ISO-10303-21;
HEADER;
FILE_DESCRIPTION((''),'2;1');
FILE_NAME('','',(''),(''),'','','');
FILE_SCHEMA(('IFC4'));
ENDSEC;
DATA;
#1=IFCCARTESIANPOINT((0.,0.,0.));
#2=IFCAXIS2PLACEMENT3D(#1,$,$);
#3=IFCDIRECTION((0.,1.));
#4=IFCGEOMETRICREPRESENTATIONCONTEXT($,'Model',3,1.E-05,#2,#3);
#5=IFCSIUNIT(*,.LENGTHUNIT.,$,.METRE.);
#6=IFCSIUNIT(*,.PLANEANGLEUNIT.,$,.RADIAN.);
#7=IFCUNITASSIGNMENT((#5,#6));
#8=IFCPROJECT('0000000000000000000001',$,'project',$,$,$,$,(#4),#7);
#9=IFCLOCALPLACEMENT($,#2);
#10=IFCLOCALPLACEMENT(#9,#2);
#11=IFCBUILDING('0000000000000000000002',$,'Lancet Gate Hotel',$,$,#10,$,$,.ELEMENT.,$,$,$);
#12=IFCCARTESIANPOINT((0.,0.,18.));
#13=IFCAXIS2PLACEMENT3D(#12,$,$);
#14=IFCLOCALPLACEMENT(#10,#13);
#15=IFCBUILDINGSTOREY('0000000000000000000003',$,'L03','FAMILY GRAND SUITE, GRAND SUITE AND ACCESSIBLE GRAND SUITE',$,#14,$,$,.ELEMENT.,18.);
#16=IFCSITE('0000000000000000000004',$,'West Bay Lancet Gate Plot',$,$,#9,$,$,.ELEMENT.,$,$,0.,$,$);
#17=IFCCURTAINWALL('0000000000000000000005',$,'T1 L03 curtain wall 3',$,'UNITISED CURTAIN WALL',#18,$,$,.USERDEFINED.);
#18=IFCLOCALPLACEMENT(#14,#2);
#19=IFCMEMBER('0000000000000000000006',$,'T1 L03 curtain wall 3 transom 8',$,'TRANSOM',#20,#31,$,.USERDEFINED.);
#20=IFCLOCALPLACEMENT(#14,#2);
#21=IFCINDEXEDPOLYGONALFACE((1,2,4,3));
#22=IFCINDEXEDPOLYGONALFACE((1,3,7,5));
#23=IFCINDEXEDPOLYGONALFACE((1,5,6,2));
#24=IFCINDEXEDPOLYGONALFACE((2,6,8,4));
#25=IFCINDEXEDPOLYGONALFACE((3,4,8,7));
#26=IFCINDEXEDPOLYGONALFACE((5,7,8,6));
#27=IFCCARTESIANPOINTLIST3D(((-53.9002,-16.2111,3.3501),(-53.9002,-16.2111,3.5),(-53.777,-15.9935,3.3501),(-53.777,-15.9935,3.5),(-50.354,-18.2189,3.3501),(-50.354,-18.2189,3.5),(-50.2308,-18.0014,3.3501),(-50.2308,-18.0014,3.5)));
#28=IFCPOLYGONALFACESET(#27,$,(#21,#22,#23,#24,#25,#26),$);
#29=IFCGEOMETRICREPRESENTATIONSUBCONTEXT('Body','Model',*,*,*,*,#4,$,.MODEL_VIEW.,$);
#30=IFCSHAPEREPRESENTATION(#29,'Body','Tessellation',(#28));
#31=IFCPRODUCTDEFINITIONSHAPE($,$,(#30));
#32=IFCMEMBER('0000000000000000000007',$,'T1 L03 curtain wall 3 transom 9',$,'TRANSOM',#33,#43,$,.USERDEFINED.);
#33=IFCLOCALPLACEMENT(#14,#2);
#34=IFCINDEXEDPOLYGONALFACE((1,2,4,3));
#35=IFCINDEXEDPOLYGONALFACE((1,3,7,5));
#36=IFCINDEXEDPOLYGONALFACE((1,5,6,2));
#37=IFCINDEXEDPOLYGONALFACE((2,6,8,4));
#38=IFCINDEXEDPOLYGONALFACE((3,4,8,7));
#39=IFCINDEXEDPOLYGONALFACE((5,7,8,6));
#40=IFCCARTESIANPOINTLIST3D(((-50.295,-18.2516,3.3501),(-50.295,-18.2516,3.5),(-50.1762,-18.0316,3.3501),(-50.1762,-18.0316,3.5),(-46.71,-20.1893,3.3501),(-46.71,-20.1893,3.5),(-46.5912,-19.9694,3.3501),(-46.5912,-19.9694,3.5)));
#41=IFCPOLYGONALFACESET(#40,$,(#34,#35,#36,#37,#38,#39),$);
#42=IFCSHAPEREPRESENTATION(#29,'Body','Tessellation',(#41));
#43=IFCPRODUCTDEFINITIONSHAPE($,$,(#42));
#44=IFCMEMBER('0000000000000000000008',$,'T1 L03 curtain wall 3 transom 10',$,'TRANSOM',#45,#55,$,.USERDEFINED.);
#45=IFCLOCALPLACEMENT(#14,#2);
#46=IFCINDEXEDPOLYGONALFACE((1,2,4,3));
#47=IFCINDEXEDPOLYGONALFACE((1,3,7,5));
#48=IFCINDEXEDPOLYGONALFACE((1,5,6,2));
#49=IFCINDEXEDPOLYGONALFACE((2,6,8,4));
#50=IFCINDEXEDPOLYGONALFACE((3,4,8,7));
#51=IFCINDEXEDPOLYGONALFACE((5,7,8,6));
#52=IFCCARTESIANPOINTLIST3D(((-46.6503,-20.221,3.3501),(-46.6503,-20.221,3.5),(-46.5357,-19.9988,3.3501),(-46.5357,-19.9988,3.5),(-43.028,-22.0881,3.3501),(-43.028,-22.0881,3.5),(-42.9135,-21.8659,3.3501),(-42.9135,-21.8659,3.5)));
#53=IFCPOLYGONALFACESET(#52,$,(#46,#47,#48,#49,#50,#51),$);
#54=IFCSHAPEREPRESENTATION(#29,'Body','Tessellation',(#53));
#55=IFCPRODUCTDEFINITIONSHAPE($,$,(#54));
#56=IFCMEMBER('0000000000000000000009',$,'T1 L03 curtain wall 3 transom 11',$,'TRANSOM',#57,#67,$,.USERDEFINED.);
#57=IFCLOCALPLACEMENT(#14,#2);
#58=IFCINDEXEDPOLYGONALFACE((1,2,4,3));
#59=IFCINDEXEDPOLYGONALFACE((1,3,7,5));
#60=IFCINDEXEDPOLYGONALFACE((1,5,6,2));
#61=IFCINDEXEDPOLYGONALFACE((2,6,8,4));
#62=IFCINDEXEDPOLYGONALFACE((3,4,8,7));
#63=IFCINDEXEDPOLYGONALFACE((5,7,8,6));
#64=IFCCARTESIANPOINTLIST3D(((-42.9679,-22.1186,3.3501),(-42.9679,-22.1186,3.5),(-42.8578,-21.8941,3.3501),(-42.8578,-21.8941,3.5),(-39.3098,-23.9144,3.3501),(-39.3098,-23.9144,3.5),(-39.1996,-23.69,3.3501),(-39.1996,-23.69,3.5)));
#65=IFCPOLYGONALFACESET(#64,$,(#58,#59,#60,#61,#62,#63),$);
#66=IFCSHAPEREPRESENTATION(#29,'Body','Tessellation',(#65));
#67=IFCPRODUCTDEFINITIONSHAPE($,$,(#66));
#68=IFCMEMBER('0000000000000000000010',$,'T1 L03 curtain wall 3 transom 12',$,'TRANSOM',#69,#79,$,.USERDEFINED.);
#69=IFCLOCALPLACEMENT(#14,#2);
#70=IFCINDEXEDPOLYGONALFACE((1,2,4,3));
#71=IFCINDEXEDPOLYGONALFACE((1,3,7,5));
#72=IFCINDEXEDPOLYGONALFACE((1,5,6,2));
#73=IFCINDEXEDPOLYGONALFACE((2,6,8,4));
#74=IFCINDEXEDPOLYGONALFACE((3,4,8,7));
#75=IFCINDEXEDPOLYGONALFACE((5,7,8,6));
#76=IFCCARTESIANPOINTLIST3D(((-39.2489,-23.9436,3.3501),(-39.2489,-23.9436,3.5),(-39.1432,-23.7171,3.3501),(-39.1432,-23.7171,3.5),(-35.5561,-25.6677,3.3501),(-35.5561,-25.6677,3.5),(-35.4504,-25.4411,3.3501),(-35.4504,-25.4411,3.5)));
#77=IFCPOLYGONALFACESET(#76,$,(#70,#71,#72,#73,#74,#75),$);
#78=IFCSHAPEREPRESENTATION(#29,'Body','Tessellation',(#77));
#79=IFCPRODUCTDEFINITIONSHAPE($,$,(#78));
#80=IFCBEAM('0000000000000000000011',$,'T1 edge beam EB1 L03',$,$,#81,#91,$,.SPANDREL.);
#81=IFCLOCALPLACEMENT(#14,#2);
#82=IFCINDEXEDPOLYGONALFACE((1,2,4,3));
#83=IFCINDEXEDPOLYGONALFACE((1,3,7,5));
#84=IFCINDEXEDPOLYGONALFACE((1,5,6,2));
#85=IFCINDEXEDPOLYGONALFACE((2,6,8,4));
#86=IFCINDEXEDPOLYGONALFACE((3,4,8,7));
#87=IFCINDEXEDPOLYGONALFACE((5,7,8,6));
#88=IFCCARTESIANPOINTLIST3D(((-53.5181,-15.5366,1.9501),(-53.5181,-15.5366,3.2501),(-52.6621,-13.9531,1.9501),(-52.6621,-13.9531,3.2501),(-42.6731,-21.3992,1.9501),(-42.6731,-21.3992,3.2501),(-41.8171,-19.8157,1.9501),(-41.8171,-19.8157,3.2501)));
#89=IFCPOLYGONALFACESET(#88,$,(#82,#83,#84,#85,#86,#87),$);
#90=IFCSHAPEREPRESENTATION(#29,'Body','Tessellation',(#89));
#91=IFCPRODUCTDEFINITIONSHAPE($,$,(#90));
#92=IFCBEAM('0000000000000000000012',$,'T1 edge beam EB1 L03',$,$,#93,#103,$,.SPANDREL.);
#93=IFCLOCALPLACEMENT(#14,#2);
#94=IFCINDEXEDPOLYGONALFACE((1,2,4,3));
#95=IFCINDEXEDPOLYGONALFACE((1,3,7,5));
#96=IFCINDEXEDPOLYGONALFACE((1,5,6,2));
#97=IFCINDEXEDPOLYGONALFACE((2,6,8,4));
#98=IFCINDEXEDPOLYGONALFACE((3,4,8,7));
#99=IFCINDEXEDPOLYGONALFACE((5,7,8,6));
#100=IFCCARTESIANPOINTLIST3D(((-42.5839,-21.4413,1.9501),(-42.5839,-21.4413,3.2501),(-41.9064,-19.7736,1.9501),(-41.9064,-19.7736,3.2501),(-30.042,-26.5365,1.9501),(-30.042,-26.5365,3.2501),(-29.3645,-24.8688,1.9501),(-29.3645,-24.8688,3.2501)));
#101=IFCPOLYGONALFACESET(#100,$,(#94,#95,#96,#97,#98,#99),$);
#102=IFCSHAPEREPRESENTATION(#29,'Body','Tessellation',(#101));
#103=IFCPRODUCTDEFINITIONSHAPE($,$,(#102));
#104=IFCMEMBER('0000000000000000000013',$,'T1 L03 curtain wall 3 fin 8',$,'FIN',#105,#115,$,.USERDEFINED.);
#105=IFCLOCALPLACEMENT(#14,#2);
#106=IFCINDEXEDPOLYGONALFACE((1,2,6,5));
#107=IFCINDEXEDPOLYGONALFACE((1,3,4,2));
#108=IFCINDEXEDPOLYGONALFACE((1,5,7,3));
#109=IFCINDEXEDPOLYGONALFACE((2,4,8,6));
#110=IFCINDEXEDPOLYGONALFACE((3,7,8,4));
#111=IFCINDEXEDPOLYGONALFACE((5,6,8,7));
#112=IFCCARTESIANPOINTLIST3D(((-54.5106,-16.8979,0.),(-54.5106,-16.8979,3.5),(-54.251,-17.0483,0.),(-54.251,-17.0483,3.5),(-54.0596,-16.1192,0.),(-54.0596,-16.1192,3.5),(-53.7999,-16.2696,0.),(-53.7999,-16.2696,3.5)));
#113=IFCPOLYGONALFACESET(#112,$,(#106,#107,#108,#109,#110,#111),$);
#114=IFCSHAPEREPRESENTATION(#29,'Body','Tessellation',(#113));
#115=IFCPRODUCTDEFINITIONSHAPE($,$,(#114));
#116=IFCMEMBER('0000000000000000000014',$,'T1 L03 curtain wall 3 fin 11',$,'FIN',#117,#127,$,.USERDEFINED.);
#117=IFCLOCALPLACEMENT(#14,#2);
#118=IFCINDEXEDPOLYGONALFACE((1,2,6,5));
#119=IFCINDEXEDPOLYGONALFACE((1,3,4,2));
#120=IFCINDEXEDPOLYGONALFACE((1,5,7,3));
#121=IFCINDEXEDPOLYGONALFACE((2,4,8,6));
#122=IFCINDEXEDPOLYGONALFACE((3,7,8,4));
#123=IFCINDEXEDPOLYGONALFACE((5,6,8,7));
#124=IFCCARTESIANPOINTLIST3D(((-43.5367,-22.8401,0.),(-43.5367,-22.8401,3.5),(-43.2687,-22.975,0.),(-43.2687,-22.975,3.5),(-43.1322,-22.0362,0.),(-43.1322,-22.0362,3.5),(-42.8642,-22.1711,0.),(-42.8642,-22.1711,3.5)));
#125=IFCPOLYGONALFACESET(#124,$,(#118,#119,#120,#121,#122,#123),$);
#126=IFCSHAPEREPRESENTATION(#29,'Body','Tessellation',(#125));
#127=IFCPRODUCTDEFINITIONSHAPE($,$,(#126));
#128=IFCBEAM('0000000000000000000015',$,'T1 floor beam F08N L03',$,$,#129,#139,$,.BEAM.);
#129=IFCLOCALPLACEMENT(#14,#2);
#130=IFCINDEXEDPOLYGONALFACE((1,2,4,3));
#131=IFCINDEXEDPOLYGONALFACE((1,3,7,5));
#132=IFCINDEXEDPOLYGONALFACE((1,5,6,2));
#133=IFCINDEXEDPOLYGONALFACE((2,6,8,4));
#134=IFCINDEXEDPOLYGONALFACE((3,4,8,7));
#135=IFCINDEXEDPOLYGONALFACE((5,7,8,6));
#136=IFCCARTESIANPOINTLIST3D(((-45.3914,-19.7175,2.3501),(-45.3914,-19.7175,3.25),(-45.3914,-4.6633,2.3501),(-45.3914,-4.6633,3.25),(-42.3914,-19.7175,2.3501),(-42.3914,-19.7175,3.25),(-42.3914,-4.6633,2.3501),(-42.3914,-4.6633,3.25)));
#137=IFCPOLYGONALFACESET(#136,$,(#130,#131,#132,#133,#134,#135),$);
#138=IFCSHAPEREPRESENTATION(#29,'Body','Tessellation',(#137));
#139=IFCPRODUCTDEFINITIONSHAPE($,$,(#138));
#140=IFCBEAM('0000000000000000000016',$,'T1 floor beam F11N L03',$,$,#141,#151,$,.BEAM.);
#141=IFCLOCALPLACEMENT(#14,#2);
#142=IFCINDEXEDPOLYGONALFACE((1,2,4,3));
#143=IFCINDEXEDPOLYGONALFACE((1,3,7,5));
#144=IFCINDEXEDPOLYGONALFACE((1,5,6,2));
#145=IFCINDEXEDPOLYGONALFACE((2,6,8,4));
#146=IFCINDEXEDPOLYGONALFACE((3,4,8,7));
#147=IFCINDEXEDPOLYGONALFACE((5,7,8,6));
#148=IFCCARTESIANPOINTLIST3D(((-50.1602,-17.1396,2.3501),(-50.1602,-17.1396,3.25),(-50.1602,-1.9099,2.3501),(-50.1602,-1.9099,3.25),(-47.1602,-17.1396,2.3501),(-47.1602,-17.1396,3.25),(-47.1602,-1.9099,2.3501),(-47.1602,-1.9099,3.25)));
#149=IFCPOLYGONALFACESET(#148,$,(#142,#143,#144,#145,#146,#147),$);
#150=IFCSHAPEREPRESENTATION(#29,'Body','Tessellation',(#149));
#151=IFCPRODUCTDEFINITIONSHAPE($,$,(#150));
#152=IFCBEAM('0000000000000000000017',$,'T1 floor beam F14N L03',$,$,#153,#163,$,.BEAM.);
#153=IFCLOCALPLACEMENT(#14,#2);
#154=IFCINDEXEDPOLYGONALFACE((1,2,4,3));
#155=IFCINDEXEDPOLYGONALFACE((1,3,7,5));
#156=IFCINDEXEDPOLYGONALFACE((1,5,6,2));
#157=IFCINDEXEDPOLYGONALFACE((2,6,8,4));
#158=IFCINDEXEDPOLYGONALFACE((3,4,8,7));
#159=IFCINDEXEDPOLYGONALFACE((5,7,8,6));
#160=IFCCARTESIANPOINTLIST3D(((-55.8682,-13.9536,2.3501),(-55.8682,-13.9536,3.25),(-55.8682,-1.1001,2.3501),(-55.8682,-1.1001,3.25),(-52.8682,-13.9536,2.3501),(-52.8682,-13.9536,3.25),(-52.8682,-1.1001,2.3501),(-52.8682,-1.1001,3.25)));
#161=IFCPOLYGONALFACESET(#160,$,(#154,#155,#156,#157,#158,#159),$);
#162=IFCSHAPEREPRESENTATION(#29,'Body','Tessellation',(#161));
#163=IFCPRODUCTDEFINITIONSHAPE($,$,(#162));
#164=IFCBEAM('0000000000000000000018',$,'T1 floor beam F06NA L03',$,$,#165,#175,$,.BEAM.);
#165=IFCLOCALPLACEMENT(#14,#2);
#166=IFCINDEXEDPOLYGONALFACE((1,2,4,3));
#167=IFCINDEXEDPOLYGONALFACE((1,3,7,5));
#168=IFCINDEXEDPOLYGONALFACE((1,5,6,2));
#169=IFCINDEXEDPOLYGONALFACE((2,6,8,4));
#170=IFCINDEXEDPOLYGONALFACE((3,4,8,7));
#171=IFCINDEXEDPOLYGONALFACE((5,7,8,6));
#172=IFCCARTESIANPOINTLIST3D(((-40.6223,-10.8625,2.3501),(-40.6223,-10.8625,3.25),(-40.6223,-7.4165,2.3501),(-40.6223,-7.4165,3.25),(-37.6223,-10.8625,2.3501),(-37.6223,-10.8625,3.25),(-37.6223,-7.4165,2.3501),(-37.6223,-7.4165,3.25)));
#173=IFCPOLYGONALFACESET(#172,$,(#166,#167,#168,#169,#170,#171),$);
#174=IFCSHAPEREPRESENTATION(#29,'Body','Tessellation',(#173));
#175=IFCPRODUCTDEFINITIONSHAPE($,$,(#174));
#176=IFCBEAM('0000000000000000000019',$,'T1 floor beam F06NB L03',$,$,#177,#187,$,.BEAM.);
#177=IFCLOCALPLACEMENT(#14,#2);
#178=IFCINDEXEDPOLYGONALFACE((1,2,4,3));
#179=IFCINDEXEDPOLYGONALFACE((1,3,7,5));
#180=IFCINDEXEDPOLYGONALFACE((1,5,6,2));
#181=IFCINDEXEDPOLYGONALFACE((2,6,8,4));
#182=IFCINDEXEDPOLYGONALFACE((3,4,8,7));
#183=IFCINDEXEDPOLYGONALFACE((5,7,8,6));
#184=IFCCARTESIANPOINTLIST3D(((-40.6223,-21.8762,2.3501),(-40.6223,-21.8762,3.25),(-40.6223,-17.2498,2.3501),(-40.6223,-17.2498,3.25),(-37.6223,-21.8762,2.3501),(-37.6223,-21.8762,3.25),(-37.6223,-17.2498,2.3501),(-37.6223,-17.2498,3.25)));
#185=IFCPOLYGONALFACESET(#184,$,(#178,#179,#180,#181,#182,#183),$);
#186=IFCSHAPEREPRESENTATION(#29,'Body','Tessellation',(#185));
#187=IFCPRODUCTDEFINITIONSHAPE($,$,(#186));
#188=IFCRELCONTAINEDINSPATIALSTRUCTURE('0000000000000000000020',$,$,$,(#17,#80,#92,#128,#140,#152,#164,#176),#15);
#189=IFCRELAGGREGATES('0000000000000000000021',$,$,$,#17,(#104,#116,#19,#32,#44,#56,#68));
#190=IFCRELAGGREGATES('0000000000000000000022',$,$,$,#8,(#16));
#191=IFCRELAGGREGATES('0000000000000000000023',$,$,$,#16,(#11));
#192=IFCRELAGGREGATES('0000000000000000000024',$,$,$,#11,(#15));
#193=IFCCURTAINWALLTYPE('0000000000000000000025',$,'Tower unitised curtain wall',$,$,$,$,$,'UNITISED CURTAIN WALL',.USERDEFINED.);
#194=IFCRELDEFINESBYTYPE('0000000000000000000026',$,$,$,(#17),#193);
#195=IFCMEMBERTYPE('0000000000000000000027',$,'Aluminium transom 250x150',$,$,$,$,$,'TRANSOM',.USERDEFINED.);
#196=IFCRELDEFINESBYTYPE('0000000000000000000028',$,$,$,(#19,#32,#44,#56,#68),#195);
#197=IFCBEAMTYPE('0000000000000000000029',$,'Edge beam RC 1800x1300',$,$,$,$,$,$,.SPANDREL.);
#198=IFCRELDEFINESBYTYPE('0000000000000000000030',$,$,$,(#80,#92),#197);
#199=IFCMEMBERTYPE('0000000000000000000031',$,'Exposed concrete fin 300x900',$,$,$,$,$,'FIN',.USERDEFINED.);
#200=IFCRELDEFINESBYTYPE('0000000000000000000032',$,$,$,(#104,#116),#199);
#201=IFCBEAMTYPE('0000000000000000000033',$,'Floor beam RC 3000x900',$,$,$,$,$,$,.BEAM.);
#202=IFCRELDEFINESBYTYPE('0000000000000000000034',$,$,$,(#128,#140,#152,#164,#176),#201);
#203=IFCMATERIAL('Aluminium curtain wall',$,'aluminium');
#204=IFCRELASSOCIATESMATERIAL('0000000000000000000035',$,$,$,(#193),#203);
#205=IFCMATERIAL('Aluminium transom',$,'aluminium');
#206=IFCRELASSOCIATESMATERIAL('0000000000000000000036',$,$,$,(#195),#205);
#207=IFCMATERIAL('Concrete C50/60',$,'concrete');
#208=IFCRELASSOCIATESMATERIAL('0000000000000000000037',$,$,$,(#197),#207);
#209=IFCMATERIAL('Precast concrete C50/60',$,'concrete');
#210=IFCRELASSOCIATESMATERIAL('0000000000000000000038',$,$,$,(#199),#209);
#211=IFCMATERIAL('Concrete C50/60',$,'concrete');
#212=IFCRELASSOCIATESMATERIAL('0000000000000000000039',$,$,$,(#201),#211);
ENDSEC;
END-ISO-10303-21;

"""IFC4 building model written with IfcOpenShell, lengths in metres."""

from ifc_helpers import new_model, si_unit, direction, frame, origin, origin_2d, place, context, subcontext, project, spatial, rectangle, extrude, material, material_profile, profile_set, type_object, element, aggregate, save


model = new_model("IFC4")

# Units and contexts
model_context = context("Model", 3, precision=1e-05, world=origin(), true_north=direction((0.0, 1.0)))
body_context = subcontext(model_context, "Body", "Model", "MODEL_VIEW")
ifc_project = project(units=[si_unit("LENGTHUNIT", "METRE"), si_unit("PLANEANGLEUNIT", "RADIAN")], contexts=[model_context])

# Site, building, storey
site_placement = place(None, origin())
site = spatial("IfcSite", under=ifc_project, at=site_placement, Name="West Bay Lancet Gate Plot", CompositionType="ELEMENT", RefElevation=0.0)
building_placement = place(site_placement, origin())
building = spatial("IfcBuilding", under=site, at=building_placement, Name="Lancet Gate Hotel", CompositionType="ELEMENT")
storey_placement = place(building_placement, frame((0.0, 0.0, 18.0)))
storey = spatial("IfcBuildingStorey", under=building, at=storey_placement, Name="L03", Description="FAMILY GRAND SUITE, GRAND SUITE AND ACCESSIBLE GRAND SUITE", CompositionType="ELEMENT", Elevation=18.0)

# Curtain wall, members
ifc_material_1 = material(Name="Aluminium curtain wall", Category="aluminium")
curtain_wall_type = type_object("IfcCurtainWallType", Name="Tower unitised curtain wall", ElementType="UNITISED CURTAIN WALL", PredefinedType="USERDEFINED", material=ifc_material_1)
curtain_wall_placement = place(storey_placement, origin())
curtain_wall = element("IfcCurtainWall", 1, at=curtain_wall_placement, inside=storey, type_object=curtain_wall_type, Name="T1 L03 curtain wall 3", ObjectType="UNITISED CURTAIN WALL", PredefinedType="USERDEFINED")
ifc_material_2 = material(Name="Aluminium transom", Category="aluminium")
ifc_material_profile_1 = material_profile(ifc_material_2, rectangle(XDim=0.25, YDim=0.1499, at=origin_2d()), Name="TRANSOM 250x150")
ifc_profile_set_1 = profile_set([ifc_material_profile_1], Name="Aluminium transom")
member_type_1 = type_object("IfcMemberType", Name="Aluminium transom 250x150", ElementType="TRANSOM", PredefinedType="USERDEFINED", material=ifc_profile_set_1)
member_1_placement = place(storey_placement, frame((-53.8386, -16.1023, 3.425), z_axis=(0.870198, -0.492703, 0.0), x_axis=(0.492703, 0.870198, 0.0)))
member_1 = element("IfcMember", 2, at=member_1_placement, type_object=member_type_1, Name="T1 L03 curtain wall 3 transom 8", ObjectType="TRANSOM", PredefinedType="USERDEFINED", context=body_context, shape_type="SweptSolid", body=[
    extrude(rectangle(XDim=0.25, YDim=0.1499, at=origin_2d()), origin(), (0.0, 0.0, 1.0), 4.0752),
])
member_2_placement = place(storey_placement, frame((-50.2356, -18.1416, 3.425), z_axis=(0.879714, -0.475503, 0.0), x_axis=(0.475503, 0.879714, 0.0)))
member_2 = element("IfcMember", 3, at=member_2_placement, type_object=member_type_1, Name="T1 L03 curtain wall 3 transom 9", ObjectType="TRANSOM", PredefinedType="USERDEFINED", context=body_context, shape_type="SweptSolid", body=[
    extrude(rectangle(XDim=0.25, YDim=0.1499, at=origin_2d()), origin(), (0.0, 0.0, 1.0), 4.0752),
])
member_3_placement = place(storey_placement, frame((-46.593, -20.1099, 3.425), z_axis=(0.88886, -0.458179, 0.0), x_axis=(0.458179, 0.88886, 0.0)))
member_3 = element("IfcMember", 4, at=member_3_placement, type_object=member_type_1, Name="T1 L03 curtain wall 3 transom 10", ObjectType="TRANSOM", PredefinedType="USERDEFINED", context=body_context, shape_type="SweptSolid", body=[
    extrude(rectangle(XDim=0.25, YDim=0.1499, at=origin_2d()), origin(), (0.0, 0.0, 1.0), 4.0752),
])
member_4_placement = place(storey_placement, frame((-42.9128, -22.0063, 3.425), z_axis=(0.897662, -0.440684, 0.0), x_axis=(0.440684, 0.897662, 0.0)))
member_4 = element("IfcMember", 5, at=member_4_placement, type_object=member_type_1, Name="T1 L03 curtain wall 3 transom 11", ObjectType="TRANSOM", PredefinedType="USERDEFINED", context=body_context, shape_type="SweptSolid", body=[
    extrude(rectangle(XDim=0.25, YDim=0.1499, at=origin_2d()), origin(), (0.0, 0.0, 1.0), 4.0752),
])
member_5_placement = place(storey_placement, frame((-39.196, -23.8303, 3.425), z_axis=(0.90611, -0.423043, 0.0), x_axis=(0.423043, 0.90611, 0.0)))
member_5 = element("IfcMember", 6, at=member_5_placement, type_object=member_type_1, Name="T1 L03 curtain wall 3 transom 12", ObjectType="TRANSOM", PredefinedType="USERDEFINED", context=body_context, shape_type="SweptSolid", body=[
    extrude(rectangle(XDim=0.25, YDim=0.1499, at=origin_2d()), origin(), (0.0, 0.0, 1.0), 4.0754),
])

# Beams
ifc_material_3 = material(Name="Concrete C50/60", Category="concrete")
ifc_material_profile_2 = material_profile(ifc_material_3, rectangle(XDim=1.8, YDim=1.3, at=origin_2d()), Name="RC 1800x1300")
ifc_profile_set_2 = profile_set([ifc_material_profile_2], Name="Concrete C50/60")
beam_type_1 = type_object("IfcBeamType", Name="Edge beam RC 1800x1300", PredefinedType="SPANDREL", material=ifc_profile_set_2)
beam_1_placement = place(storey_placement, frame((-53.0901, -14.7449, 2.6001), z_axis=(0.879693, -0.475542, 0.0), x_axis=(0.475542, 0.879693, 0.0)))
element("IfcBeam", 7, at=beam_1_placement, inside=storey, type_object=beam_type_1, Name="T1 edge beam EB1 L03", PredefinedType="SPANDREL", context=body_context, shape_type="SweptSolid", body=[
    extrude(rectangle(XDim=1.8, YDim=1.3, at=origin_2d()), origin(), (0.0, 0.0, 1.0), 12.3281),
])
beam_2_placement = place(storey_placement, frame((-42.2451, -20.6074, 2.6001), z_axis=(0.926463, -0.376385, 0.0), x_axis=(0.376385, 0.926463, 0.0)))
element("IfcBeam", 8, at=beam_2_placement, inside=storey, type_object=beam_type_1, Name="T1 edge beam EB1 L03", PredefinedType="SPANDREL", context=body_context, shape_type="SweptSolid", body=[
    extrude(rectangle(XDim=1.8, YDim=1.3, at=origin_2d()), origin(), (0.0, 0.0, 1.0), 13.5374),
])

# Members
ifc_material_4 = material(Name="Precast concrete C50/60", Category="concrete")
ifc_material_profile_3 = material_profile(ifc_material_4, rectangle(XDim=0.3, YDim=0.8999, at=origin_2d()), Name="FIN 300x900")
ifc_profile_set_3 = profile_set([ifc_material_profile_3], Name="Precast concrete C50/60")
member_type_2 = type_object("IfcMemberType", Name="Exposed concrete fin 300x900", ElementType="FIN", PredefinedType="USERDEFINED", material=ifc_profile_set_3)
member_6_placement = place(storey_placement, frame((-54.1553, -16.5837, 0.0), z_axis=(0.0, 0.0, 1.0), x_axis=(0.865335, -0.501194, 0.0)))
member_6 = element("IfcMember", 9, at=member_6_placement, type_object=member_type_2, Name="T1 L03 curtain wall 3 fin 8", ObjectType="FIN", PredefinedType="USERDEFINED", context=body_context, shape_type="SweptSolid", body=[
    extrude(rectangle(XDim=0.3, YDim=0.8999, at=origin_2d()), origin(), (0.0, 0.0, 1.0), 3.5),
])
member_7_placement = place(storey_placement, frame((-43.2004, -22.5056, 0.0), z_axis=(0.0, 0.0, 1.0), x_axis=(0.893292, -0.449478, 0.0)))
member_7 = element("IfcMember", 10, at=member_7_placement, type_object=member_type_2, Name="T1 L03 curtain wall 3 fin 11", ObjectType="FIN", PredefinedType="USERDEFINED", context=body_context, shape_type="SweptSolid", body=[
    extrude(rectangle(XDim=0.3, YDim=0.8999, at=origin_2d()), origin(), (0.0, 0.0, 1.0), 3.5),
])

# Beams
ifc_material_5 = material(Name="Concrete C50/60", Category="concrete")
ifc_material_profile_4 = material_profile(ifc_material_5, rectangle(XDim=3.0, YDim=0.8999, at=origin_2d()), Name="RC 3000x900")
ifc_profile_set_4 = profile_set([ifc_material_profile_4], Name="Concrete C50/60")
beam_type_2 = type_object("IfcBeamType", Name="Floor beam RC 3000x900", PredefinedType="BEAM", material=ifc_profile_set_4)
beam_3_placement = place(storey_placement, frame((-43.8914, -4.6633, 2.8), z_axis=(0.0, -1.0, 0.0), x_axis=(1.0, 0.0, 0.0)))
element("IfcBeam", 11, at=beam_3_placement, inside=storey, type_object=beam_type_2, Name="T1 floor beam F08N L03", PredefinedType="BEAM", context=body_context, shape_type="SweptSolid", body=[
    extrude(rectangle(XDim=3.0, YDim=0.8999, at=origin_2d()), origin(), (0.0, 0.0, 1.0), 15.0542),
])
beam_4_placement = place(storey_placement, frame((-48.6602, -1.9099, 2.8), z_axis=(0.0, -1.0, 0.0), x_axis=(1.0, 0.0, 0.0)))
element("IfcBeam", 12, at=beam_4_placement, inside=storey, type_object=beam_type_2, Name="T1 floor beam F11N L03", PredefinedType="BEAM", context=body_context, shape_type="SweptSolid", body=[
    extrude(rectangle(XDim=3.0, YDim=0.8999, at=origin_2d()), origin(), (0.0, 0.0, 1.0), 15.2297),
])
beam_5_placement = place(storey_placement, frame((-54.3682, -1.1001, 2.8), z_axis=(0.0, -1.0, 0.0), x_axis=(1.0, 0.0, 0.0)))
element("IfcBeam", 13, at=beam_5_placement, inside=storey, type_object=beam_type_2, Name="T1 floor beam F14N L03", PredefinedType="BEAM", context=body_context, shape_type="SweptSolid", body=[
    extrude(rectangle(XDim=3.0, YDim=0.8999, at=origin_2d()), origin(), (0.0, 0.0, 1.0), 12.8535),
])
beam_6_placement = place(storey_placement, frame((-39.1223, -7.4165, 2.8), z_axis=(0.0, -1.0, 0.0), x_axis=(1.0, 0.0, 0.0)))
element("IfcBeam", 14, at=beam_6_placement, inside=storey, type_object=beam_type_2, Name="T1 floor beam F06NA L03", PredefinedType="BEAM", context=body_context, shape_type="SweptSolid", body=[
    extrude(rectangle(XDim=3.0, YDim=0.8999, at=origin_2d()), origin(), (0.0, 0.0, 1.0), 3.446),
])
beam_7_placement = place(storey_placement, frame((-39.1223, -17.2498, 2.8), z_axis=(0.0, -1.0, 0.0), x_axis=(1.0, 0.0, 0.0)))
element("IfcBeam", 15, at=beam_7_placement, inside=storey, type_object=beam_type_2, Name="T1 floor beam F06NB L03", PredefinedType="BEAM", context=body_context, shape_type="SweptSolid", body=[
    extrude(rectangle(XDim=3.0, YDim=0.8999, at=origin_2d()), origin(), (0.0, 0.0, 1.0), 4.6265),
])

aggregate(curtain_wall, [member_6, member_7, member_1, member_2, member_3, member_4, member_5])

save(model, "model.ifc")
